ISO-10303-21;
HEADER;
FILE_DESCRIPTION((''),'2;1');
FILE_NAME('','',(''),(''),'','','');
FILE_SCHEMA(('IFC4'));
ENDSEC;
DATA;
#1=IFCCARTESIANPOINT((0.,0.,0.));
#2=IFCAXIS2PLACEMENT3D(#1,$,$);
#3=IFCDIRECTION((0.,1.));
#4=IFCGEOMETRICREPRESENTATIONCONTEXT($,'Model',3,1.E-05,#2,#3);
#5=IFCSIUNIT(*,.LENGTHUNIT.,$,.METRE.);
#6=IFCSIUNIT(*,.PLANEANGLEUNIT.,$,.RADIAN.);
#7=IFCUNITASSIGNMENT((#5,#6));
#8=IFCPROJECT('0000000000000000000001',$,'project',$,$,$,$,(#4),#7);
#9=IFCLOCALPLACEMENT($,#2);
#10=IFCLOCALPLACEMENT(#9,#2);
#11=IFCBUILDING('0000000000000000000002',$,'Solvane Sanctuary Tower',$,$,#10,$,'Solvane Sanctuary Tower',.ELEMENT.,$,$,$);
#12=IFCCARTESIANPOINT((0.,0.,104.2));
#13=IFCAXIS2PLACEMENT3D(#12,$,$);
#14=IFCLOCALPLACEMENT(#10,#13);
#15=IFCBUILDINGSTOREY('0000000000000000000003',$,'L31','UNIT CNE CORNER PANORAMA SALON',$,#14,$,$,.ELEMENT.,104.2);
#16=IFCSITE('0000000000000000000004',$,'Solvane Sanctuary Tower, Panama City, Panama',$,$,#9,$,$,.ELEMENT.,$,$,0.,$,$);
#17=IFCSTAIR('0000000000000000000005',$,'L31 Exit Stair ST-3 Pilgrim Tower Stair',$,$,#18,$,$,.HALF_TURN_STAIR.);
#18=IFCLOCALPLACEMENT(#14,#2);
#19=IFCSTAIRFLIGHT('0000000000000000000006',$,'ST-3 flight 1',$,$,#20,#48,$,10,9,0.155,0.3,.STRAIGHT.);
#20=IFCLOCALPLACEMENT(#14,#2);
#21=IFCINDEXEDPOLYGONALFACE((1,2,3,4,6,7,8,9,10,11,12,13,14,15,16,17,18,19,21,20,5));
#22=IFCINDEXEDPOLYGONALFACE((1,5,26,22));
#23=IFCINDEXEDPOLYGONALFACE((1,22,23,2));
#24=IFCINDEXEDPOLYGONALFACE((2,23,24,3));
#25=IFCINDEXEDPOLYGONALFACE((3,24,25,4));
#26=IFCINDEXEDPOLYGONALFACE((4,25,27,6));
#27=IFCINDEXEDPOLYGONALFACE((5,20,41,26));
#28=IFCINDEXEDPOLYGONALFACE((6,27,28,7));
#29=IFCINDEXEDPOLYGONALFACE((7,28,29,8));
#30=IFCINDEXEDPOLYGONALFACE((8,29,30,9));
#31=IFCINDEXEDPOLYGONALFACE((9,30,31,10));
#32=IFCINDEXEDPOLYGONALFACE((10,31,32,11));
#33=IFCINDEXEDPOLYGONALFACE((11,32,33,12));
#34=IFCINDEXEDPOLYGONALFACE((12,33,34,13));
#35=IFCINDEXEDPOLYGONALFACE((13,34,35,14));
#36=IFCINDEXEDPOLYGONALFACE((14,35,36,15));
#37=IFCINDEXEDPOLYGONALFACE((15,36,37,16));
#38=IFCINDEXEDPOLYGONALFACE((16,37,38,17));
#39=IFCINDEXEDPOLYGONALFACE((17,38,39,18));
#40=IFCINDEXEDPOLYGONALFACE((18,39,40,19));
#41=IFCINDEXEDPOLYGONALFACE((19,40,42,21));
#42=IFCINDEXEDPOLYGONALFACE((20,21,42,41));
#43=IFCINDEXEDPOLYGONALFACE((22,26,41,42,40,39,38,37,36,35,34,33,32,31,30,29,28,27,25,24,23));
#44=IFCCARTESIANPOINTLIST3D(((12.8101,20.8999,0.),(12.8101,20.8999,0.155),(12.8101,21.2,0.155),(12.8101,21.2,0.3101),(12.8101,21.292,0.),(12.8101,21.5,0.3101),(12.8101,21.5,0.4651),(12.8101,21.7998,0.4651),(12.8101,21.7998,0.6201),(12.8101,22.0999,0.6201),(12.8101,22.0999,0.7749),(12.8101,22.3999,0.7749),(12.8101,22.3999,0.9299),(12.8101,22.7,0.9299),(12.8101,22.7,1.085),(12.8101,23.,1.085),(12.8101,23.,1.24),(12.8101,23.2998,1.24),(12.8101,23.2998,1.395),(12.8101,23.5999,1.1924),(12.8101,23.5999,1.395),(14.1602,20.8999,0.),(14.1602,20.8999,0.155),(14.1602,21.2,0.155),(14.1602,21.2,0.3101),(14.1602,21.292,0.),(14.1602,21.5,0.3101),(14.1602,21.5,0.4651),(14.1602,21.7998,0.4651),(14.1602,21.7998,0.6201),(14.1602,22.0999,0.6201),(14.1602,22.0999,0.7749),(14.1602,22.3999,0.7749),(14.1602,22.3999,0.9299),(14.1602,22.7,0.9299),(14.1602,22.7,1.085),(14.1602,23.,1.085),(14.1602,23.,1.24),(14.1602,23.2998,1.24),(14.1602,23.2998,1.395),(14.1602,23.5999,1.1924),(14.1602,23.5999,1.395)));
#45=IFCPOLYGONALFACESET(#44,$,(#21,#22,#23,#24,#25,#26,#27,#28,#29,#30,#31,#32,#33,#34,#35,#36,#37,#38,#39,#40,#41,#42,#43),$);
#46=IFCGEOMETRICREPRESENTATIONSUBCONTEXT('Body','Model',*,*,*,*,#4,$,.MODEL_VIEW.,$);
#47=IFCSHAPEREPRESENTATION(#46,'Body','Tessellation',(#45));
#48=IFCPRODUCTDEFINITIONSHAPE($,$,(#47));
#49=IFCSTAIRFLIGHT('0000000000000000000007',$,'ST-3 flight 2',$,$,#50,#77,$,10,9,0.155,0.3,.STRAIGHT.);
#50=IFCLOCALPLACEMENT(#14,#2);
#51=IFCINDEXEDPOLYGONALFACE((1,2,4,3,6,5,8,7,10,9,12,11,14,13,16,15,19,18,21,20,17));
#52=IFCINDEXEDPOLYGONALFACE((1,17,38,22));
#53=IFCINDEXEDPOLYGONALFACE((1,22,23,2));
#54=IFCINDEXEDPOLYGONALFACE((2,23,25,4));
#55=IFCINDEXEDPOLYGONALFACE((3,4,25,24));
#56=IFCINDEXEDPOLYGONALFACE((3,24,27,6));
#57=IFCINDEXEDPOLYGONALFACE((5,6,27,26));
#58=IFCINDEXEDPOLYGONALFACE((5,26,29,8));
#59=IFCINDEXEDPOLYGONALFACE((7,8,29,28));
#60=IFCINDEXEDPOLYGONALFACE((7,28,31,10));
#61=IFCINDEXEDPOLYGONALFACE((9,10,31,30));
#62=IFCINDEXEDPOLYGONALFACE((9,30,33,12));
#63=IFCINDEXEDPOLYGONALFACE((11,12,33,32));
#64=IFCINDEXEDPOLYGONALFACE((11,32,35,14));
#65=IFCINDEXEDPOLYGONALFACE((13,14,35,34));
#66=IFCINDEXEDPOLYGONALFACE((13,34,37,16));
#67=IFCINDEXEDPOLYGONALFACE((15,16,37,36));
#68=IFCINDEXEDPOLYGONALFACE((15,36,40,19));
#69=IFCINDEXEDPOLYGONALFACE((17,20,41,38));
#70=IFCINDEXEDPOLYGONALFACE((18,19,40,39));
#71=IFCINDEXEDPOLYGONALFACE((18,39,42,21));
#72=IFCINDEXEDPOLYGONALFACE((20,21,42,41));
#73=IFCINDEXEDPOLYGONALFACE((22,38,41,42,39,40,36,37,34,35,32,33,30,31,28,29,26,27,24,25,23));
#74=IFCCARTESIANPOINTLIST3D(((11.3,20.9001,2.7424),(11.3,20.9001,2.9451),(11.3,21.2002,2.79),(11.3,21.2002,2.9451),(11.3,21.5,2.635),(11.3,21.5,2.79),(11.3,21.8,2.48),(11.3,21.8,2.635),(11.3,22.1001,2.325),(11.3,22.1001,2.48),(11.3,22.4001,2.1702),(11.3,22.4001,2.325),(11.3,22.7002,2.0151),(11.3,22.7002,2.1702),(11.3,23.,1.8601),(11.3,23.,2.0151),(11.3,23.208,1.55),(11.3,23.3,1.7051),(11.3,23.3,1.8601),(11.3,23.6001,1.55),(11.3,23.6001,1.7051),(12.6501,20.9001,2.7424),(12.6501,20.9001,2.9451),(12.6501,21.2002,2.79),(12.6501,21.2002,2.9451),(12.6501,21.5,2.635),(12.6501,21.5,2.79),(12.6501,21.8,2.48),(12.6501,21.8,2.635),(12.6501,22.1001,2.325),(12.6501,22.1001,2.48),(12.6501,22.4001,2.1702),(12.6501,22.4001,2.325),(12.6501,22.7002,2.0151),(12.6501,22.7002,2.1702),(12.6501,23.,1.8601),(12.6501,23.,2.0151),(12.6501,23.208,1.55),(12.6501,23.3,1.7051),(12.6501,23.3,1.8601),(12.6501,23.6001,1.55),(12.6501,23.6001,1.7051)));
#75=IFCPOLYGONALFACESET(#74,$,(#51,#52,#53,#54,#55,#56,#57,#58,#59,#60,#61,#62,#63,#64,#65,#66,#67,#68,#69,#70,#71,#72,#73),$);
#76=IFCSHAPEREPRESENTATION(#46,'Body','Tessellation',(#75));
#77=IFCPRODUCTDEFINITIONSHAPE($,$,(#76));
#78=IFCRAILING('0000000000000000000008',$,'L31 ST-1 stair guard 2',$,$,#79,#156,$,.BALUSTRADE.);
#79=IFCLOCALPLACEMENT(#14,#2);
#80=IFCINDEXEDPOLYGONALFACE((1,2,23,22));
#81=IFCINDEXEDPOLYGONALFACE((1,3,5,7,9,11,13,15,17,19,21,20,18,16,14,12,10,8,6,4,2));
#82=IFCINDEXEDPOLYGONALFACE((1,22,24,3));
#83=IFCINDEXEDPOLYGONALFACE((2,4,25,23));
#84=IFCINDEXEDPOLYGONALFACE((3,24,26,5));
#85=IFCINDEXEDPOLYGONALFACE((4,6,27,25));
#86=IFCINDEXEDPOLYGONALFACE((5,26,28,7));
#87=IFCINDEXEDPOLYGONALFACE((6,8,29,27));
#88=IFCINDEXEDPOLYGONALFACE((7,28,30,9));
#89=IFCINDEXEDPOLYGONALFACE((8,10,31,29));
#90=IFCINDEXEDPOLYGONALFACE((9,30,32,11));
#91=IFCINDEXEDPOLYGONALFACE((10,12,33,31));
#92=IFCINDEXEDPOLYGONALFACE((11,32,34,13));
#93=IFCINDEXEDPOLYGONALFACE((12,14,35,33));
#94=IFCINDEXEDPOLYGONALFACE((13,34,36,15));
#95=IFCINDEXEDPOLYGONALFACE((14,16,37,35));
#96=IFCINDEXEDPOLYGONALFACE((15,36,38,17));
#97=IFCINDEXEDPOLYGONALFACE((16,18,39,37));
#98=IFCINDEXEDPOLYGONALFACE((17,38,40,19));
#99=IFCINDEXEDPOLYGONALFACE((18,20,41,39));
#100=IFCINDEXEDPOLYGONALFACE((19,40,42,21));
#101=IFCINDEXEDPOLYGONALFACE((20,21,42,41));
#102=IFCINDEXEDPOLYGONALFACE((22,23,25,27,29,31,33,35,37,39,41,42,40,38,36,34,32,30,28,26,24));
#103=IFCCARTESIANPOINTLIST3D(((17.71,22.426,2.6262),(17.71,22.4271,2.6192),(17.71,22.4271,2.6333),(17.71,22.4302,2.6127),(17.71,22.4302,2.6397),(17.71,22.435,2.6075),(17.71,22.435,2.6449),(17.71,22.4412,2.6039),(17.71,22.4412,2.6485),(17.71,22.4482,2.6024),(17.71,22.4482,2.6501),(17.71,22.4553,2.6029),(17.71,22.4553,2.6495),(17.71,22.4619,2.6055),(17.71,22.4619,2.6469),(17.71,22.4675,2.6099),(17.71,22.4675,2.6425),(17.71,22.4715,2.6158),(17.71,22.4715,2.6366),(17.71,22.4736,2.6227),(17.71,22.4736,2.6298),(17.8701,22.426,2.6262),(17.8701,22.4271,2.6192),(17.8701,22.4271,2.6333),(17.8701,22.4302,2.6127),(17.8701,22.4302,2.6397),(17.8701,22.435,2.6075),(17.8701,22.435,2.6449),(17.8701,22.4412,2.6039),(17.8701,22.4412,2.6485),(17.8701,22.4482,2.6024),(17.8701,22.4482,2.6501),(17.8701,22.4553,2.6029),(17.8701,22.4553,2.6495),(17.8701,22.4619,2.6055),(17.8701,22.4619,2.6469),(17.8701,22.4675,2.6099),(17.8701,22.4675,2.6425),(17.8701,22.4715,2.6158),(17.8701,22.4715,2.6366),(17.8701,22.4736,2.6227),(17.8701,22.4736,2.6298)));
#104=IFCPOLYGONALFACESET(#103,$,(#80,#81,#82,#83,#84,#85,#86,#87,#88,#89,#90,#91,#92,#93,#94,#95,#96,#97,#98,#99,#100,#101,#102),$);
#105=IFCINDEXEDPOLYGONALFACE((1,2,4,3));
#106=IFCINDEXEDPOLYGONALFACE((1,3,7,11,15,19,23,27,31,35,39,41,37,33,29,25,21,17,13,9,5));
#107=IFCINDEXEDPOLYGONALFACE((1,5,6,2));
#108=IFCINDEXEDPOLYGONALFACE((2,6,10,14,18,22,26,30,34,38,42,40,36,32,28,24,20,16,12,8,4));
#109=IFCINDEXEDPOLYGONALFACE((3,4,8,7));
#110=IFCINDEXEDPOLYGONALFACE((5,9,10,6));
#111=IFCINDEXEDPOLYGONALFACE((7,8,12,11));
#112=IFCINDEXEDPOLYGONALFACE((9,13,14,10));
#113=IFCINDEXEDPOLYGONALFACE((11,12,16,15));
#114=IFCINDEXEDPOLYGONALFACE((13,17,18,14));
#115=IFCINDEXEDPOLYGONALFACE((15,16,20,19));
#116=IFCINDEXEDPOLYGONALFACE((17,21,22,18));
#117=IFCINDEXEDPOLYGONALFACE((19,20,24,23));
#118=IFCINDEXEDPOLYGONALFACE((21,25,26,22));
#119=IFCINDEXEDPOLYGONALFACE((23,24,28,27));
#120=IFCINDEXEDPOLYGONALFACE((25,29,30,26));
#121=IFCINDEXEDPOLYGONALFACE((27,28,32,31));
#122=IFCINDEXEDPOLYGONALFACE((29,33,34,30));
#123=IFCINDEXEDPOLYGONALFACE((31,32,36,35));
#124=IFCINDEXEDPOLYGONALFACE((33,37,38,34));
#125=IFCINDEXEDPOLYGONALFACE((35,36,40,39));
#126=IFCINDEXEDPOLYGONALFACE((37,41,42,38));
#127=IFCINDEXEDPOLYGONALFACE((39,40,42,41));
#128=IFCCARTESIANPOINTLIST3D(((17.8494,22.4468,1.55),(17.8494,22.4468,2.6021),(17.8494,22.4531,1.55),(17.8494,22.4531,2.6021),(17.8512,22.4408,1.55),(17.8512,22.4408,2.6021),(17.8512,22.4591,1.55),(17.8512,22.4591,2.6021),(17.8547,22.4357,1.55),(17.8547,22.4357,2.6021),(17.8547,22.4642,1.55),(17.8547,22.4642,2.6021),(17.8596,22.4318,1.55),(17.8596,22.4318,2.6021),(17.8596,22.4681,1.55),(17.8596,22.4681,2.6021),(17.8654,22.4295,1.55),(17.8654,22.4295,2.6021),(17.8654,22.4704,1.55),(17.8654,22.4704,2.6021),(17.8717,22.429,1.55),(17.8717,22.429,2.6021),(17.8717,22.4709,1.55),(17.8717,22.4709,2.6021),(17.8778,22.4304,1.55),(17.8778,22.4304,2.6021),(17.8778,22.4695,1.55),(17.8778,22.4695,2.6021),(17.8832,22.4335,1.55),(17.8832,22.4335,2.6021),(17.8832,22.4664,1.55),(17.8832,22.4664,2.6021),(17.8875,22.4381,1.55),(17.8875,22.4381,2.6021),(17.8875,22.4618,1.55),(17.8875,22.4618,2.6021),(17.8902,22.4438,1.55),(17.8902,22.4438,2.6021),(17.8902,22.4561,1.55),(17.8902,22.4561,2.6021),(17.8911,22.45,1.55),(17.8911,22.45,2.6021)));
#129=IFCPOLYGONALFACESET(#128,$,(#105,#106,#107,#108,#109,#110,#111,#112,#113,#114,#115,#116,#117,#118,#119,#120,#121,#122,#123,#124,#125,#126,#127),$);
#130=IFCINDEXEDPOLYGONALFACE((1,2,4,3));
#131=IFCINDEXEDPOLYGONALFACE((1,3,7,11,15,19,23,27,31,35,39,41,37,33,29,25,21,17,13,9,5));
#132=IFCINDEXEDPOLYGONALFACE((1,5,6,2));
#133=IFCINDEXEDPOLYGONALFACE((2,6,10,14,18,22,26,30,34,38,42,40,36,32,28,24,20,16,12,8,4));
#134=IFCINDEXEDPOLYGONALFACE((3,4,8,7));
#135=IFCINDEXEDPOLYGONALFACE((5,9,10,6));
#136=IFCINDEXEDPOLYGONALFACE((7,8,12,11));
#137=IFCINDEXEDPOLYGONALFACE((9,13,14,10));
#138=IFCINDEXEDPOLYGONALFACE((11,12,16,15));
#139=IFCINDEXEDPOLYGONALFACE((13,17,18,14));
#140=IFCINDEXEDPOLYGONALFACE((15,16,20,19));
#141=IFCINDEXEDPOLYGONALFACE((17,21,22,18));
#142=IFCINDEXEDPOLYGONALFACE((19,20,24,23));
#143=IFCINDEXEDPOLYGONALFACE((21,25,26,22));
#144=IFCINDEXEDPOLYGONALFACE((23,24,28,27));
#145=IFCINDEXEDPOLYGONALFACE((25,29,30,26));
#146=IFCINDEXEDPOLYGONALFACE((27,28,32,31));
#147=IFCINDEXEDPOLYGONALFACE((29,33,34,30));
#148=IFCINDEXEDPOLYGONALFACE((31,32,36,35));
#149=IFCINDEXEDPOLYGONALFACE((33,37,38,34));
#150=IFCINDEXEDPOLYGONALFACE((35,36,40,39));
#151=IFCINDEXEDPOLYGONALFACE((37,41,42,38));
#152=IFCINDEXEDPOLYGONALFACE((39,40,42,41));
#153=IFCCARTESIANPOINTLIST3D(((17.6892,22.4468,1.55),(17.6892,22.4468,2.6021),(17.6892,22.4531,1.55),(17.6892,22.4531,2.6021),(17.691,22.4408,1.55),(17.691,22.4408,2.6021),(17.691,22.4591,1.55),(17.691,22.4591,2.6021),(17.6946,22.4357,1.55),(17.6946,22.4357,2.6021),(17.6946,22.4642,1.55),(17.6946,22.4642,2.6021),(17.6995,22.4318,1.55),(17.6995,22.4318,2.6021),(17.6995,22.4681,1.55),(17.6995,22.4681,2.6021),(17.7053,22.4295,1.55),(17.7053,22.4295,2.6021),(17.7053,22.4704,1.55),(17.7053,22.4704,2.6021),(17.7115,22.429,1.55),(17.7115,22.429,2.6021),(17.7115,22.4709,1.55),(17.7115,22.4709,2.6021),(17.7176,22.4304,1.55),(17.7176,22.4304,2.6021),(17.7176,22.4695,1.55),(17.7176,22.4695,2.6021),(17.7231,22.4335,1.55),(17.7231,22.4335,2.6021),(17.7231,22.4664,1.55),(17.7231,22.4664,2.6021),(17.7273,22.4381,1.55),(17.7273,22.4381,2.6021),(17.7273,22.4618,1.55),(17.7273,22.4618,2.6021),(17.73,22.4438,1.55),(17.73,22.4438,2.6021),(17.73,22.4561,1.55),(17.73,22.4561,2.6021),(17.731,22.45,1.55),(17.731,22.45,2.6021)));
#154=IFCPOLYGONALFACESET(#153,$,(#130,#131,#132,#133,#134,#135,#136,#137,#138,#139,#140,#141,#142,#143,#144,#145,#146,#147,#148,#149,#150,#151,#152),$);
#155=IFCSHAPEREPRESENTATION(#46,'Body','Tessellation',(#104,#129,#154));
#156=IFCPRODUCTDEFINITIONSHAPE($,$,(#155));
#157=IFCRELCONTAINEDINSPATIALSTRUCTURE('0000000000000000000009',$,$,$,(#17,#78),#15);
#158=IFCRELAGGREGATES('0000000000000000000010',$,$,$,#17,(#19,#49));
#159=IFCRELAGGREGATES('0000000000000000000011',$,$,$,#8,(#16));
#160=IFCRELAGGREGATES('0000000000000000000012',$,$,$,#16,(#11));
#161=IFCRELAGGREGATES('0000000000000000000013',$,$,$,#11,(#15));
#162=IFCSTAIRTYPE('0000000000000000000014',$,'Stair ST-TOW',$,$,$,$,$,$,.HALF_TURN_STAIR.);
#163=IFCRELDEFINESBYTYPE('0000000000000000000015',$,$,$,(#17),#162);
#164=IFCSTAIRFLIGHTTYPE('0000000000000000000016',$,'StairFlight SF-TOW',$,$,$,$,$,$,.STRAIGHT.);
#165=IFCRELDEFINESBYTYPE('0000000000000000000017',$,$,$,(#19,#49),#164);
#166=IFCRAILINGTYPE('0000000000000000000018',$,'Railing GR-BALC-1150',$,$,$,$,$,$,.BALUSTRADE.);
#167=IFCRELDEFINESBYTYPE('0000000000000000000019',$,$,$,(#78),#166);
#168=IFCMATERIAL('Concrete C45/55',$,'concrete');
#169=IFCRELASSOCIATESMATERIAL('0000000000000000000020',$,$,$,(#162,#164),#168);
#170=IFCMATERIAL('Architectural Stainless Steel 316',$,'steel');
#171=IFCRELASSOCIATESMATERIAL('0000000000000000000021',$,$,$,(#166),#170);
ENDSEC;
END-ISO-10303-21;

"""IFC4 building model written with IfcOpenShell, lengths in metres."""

from ifc_helpers import new_model, si_unit, direction, frame, origin, origin_2d, place, context, subcontext, project, spatial, polyline, circle, outline, extrude, material, type_object, element, aggregate, save


model = new_model("IFC4")

# Units and contexts
model_context = context("Model", 3, precision=1e-05, world=origin(), true_north=direction((0.0, 1.0)))
body_context = subcontext(model_context, "Body", "Model", "MODEL_VIEW")
ifc_project = project(units=[si_unit("LENGTHUNIT", "METRE"), si_unit("PLANEANGLEUNIT", "RADIAN")], contexts=[model_context])

# Site, building, storey
site_placement = place(None, origin())
site = spatial("IfcSite", under=ifc_project, at=site_placement, Name="Solvane Sanctuary Tower, Panama City, Panama", CompositionType="ELEMENT", RefElevation=0.0)
building_placement = place(site_placement, origin())
building = spatial("IfcBuilding", under=site, at=building_placement, Name="Solvane Sanctuary Tower", LongName="Solvane Sanctuary Tower", CompositionType="ELEMENT")
storey_placement = place(building_placement, frame((0.0, 0.0, 104.2)))
storey = spatial("IfcBuildingStorey", under=building, at=storey_placement, Name="L31", Description="UNIT CNE CORNER PANORAMA SALON", CompositionType="ELEMENT", Elevation=104.2)

# Shared definitions
ifc_material_1 = material(Name="Concrete C45/55", Category="concrete")
stair_type = type_object("IfcStairType", Name="Stair ST-TOW", PredefinedType="HALF_TURN_STAIR", material=ifc_material_1)
stair_flight_type = type_object("IfcStairFlightType", Name="StairFlight SF-TOW", PredefinedType="STRAIGHT", material=ifc_material_1)

# Stair, stair flights
stair_1_placement = place(storey_placement, origin())
stair_1 = element("IfcStair", 1, at=stair_1_placement, inside=storey, type_object=stair_type, Name="L31 Exit Stair ST-3 Pilgrim Tower Stair", PredefinedType="HALF_TURN_STAIR")
stair_flight_1_placement = place(storey_placement, frame((13.4851, 20.8999, 0.0), z_axis=(0.0, 0.0, 1.0), x_axis=(0.0, 1.0, 0.0)))
stair_flight_1 = element("IfcStairFlight", 2, at=stair_flight_1_placement, type_object=stair_flight_type, Name="ST-3 flight 1", NumberOfRisers=10, NumberOfTreads=9, PredefinedType="STRAIGHT", RiserHeight=0.155, TreadLength=0.3, context=body_context, shape_type="SweptSolid", body=[
    extrude(outline(polyline([(0.0, 0.0), (0.0, 0.155), (0.3, 0.155), (0.3, 0.3101), (0.6001, 0.3101), (0.6001, 0.4651), (0.8999, 0.4651), (0.8999, 0.6201), (1.2, 0.6201), (1.2, 0.7749), (1.5, 0.7749), (1.5, 0.9299), (1.8, 0.9299), (1.8, 1.085), (2.1001, 1.085), (2.1001, 1.24), (2.3999, 1.24), (2.3999, 1.395), (2.7, 1.395), (2.7, 1.55), (2.7, 1.1924), (0.3921, 0.0), (0.0, 0.0)])), frame((0.0, 0.675, 0.0), z_axis=(0.0, -1.0, 0.0), x_axis=(1.0, 0.0, 0.0)), (0.0, 0.0, 1.0), 1.3501),
])
stair_flight_2_placement = place(storey_placement, frame((11.9751, 23.6001, 1.55), z_axis=(0.0, 0.0, 1.0), x_axis=(0.0, -1.0, 0.0)))
stair_flight_2 = element("IfcStairFlight", 3, at=stair_flight_2_placement, type_object=stair_flight_type, Name="ST-3 flight 2", NumberOfRisers=10, NumberOfTreads=9, PredefinedType="STRAIGHT", RiserHeight=0.155, TreadLength=0.3, context=body_context, shape_type="SweptSolid", body=[
    extrude(outline(polyline([(0.0, 0.0), (0.0, 0.155), (0.3, 0.155), (0.3, 0.3101), (0.6001, 0.3101), (0.6001, 0.4651), (0.8999, 0.4651), (0.8999, 0.6201), (1.2, 0.6201), (1.2, 0.7749), (1.5, 0.7749), (1.5, 0.9299), (1.8, 0.9299), (1.8, 1.085), (2.1001, 1.085), (2.1001, 1.24), (2.3999, 1.24), (2.3999, 1.395), (2.7, 1.395), (2.7, 1.55), (2.7, 1.1924), (0.3921, 0.0), (0.0, 0.0)])), frame((0.0, 0.675, 0.0), z_axis=(0.0, -1.0, 0.0), x_axis=(1.0, 0.0, 0.0)), (0.0, 0.0, 1.0), 1.3501),
])
aggregate(stair_1, [stair_flight_1, stair_flight_2])

# Railing
ifc_material_2 = material(Name="Architectural Stainless Steel 316", Category="steel")
railing_type_1 = type_object("IfcRailingType", Name="Railing GR-BALC-1150", PredefinedType="BALUSTRADE", material=ifc_material_2)
railing_1_placement = place(storey_placement, frame((17.8701, 22.45, 1.55)))
element("IfcRailing", 4, at=railing_1_placement, inside=storey, type_object=railing_type_1, Name="L31 ST-1 stair guard 2", PredefinedType="BALUSTRADE", context=body_context, shape_type="SweptSolid", body=[
    extrude(circle(Radius=0.0239, at=origin_2d()), frame((0.0, 0.0, 1.0762), z_axis=(-1.0, 0.0, 0.0), x_axis=(0.0, -1.0, 0.0)), (0.0, 0.0, 1.0), 0.1602),
    extrude(circle(Radius=0.021, at=origin_2d()), origin(), (0.0, 0.0, 1.0), 1.052),
    extrude(circle(Radius=0.021, at=origin_2d()), frame((-0.1602, 0.0, 0.0)), (0.0, 0.0, 1.0), 1.052),
])

save(model, "model.ifc")
